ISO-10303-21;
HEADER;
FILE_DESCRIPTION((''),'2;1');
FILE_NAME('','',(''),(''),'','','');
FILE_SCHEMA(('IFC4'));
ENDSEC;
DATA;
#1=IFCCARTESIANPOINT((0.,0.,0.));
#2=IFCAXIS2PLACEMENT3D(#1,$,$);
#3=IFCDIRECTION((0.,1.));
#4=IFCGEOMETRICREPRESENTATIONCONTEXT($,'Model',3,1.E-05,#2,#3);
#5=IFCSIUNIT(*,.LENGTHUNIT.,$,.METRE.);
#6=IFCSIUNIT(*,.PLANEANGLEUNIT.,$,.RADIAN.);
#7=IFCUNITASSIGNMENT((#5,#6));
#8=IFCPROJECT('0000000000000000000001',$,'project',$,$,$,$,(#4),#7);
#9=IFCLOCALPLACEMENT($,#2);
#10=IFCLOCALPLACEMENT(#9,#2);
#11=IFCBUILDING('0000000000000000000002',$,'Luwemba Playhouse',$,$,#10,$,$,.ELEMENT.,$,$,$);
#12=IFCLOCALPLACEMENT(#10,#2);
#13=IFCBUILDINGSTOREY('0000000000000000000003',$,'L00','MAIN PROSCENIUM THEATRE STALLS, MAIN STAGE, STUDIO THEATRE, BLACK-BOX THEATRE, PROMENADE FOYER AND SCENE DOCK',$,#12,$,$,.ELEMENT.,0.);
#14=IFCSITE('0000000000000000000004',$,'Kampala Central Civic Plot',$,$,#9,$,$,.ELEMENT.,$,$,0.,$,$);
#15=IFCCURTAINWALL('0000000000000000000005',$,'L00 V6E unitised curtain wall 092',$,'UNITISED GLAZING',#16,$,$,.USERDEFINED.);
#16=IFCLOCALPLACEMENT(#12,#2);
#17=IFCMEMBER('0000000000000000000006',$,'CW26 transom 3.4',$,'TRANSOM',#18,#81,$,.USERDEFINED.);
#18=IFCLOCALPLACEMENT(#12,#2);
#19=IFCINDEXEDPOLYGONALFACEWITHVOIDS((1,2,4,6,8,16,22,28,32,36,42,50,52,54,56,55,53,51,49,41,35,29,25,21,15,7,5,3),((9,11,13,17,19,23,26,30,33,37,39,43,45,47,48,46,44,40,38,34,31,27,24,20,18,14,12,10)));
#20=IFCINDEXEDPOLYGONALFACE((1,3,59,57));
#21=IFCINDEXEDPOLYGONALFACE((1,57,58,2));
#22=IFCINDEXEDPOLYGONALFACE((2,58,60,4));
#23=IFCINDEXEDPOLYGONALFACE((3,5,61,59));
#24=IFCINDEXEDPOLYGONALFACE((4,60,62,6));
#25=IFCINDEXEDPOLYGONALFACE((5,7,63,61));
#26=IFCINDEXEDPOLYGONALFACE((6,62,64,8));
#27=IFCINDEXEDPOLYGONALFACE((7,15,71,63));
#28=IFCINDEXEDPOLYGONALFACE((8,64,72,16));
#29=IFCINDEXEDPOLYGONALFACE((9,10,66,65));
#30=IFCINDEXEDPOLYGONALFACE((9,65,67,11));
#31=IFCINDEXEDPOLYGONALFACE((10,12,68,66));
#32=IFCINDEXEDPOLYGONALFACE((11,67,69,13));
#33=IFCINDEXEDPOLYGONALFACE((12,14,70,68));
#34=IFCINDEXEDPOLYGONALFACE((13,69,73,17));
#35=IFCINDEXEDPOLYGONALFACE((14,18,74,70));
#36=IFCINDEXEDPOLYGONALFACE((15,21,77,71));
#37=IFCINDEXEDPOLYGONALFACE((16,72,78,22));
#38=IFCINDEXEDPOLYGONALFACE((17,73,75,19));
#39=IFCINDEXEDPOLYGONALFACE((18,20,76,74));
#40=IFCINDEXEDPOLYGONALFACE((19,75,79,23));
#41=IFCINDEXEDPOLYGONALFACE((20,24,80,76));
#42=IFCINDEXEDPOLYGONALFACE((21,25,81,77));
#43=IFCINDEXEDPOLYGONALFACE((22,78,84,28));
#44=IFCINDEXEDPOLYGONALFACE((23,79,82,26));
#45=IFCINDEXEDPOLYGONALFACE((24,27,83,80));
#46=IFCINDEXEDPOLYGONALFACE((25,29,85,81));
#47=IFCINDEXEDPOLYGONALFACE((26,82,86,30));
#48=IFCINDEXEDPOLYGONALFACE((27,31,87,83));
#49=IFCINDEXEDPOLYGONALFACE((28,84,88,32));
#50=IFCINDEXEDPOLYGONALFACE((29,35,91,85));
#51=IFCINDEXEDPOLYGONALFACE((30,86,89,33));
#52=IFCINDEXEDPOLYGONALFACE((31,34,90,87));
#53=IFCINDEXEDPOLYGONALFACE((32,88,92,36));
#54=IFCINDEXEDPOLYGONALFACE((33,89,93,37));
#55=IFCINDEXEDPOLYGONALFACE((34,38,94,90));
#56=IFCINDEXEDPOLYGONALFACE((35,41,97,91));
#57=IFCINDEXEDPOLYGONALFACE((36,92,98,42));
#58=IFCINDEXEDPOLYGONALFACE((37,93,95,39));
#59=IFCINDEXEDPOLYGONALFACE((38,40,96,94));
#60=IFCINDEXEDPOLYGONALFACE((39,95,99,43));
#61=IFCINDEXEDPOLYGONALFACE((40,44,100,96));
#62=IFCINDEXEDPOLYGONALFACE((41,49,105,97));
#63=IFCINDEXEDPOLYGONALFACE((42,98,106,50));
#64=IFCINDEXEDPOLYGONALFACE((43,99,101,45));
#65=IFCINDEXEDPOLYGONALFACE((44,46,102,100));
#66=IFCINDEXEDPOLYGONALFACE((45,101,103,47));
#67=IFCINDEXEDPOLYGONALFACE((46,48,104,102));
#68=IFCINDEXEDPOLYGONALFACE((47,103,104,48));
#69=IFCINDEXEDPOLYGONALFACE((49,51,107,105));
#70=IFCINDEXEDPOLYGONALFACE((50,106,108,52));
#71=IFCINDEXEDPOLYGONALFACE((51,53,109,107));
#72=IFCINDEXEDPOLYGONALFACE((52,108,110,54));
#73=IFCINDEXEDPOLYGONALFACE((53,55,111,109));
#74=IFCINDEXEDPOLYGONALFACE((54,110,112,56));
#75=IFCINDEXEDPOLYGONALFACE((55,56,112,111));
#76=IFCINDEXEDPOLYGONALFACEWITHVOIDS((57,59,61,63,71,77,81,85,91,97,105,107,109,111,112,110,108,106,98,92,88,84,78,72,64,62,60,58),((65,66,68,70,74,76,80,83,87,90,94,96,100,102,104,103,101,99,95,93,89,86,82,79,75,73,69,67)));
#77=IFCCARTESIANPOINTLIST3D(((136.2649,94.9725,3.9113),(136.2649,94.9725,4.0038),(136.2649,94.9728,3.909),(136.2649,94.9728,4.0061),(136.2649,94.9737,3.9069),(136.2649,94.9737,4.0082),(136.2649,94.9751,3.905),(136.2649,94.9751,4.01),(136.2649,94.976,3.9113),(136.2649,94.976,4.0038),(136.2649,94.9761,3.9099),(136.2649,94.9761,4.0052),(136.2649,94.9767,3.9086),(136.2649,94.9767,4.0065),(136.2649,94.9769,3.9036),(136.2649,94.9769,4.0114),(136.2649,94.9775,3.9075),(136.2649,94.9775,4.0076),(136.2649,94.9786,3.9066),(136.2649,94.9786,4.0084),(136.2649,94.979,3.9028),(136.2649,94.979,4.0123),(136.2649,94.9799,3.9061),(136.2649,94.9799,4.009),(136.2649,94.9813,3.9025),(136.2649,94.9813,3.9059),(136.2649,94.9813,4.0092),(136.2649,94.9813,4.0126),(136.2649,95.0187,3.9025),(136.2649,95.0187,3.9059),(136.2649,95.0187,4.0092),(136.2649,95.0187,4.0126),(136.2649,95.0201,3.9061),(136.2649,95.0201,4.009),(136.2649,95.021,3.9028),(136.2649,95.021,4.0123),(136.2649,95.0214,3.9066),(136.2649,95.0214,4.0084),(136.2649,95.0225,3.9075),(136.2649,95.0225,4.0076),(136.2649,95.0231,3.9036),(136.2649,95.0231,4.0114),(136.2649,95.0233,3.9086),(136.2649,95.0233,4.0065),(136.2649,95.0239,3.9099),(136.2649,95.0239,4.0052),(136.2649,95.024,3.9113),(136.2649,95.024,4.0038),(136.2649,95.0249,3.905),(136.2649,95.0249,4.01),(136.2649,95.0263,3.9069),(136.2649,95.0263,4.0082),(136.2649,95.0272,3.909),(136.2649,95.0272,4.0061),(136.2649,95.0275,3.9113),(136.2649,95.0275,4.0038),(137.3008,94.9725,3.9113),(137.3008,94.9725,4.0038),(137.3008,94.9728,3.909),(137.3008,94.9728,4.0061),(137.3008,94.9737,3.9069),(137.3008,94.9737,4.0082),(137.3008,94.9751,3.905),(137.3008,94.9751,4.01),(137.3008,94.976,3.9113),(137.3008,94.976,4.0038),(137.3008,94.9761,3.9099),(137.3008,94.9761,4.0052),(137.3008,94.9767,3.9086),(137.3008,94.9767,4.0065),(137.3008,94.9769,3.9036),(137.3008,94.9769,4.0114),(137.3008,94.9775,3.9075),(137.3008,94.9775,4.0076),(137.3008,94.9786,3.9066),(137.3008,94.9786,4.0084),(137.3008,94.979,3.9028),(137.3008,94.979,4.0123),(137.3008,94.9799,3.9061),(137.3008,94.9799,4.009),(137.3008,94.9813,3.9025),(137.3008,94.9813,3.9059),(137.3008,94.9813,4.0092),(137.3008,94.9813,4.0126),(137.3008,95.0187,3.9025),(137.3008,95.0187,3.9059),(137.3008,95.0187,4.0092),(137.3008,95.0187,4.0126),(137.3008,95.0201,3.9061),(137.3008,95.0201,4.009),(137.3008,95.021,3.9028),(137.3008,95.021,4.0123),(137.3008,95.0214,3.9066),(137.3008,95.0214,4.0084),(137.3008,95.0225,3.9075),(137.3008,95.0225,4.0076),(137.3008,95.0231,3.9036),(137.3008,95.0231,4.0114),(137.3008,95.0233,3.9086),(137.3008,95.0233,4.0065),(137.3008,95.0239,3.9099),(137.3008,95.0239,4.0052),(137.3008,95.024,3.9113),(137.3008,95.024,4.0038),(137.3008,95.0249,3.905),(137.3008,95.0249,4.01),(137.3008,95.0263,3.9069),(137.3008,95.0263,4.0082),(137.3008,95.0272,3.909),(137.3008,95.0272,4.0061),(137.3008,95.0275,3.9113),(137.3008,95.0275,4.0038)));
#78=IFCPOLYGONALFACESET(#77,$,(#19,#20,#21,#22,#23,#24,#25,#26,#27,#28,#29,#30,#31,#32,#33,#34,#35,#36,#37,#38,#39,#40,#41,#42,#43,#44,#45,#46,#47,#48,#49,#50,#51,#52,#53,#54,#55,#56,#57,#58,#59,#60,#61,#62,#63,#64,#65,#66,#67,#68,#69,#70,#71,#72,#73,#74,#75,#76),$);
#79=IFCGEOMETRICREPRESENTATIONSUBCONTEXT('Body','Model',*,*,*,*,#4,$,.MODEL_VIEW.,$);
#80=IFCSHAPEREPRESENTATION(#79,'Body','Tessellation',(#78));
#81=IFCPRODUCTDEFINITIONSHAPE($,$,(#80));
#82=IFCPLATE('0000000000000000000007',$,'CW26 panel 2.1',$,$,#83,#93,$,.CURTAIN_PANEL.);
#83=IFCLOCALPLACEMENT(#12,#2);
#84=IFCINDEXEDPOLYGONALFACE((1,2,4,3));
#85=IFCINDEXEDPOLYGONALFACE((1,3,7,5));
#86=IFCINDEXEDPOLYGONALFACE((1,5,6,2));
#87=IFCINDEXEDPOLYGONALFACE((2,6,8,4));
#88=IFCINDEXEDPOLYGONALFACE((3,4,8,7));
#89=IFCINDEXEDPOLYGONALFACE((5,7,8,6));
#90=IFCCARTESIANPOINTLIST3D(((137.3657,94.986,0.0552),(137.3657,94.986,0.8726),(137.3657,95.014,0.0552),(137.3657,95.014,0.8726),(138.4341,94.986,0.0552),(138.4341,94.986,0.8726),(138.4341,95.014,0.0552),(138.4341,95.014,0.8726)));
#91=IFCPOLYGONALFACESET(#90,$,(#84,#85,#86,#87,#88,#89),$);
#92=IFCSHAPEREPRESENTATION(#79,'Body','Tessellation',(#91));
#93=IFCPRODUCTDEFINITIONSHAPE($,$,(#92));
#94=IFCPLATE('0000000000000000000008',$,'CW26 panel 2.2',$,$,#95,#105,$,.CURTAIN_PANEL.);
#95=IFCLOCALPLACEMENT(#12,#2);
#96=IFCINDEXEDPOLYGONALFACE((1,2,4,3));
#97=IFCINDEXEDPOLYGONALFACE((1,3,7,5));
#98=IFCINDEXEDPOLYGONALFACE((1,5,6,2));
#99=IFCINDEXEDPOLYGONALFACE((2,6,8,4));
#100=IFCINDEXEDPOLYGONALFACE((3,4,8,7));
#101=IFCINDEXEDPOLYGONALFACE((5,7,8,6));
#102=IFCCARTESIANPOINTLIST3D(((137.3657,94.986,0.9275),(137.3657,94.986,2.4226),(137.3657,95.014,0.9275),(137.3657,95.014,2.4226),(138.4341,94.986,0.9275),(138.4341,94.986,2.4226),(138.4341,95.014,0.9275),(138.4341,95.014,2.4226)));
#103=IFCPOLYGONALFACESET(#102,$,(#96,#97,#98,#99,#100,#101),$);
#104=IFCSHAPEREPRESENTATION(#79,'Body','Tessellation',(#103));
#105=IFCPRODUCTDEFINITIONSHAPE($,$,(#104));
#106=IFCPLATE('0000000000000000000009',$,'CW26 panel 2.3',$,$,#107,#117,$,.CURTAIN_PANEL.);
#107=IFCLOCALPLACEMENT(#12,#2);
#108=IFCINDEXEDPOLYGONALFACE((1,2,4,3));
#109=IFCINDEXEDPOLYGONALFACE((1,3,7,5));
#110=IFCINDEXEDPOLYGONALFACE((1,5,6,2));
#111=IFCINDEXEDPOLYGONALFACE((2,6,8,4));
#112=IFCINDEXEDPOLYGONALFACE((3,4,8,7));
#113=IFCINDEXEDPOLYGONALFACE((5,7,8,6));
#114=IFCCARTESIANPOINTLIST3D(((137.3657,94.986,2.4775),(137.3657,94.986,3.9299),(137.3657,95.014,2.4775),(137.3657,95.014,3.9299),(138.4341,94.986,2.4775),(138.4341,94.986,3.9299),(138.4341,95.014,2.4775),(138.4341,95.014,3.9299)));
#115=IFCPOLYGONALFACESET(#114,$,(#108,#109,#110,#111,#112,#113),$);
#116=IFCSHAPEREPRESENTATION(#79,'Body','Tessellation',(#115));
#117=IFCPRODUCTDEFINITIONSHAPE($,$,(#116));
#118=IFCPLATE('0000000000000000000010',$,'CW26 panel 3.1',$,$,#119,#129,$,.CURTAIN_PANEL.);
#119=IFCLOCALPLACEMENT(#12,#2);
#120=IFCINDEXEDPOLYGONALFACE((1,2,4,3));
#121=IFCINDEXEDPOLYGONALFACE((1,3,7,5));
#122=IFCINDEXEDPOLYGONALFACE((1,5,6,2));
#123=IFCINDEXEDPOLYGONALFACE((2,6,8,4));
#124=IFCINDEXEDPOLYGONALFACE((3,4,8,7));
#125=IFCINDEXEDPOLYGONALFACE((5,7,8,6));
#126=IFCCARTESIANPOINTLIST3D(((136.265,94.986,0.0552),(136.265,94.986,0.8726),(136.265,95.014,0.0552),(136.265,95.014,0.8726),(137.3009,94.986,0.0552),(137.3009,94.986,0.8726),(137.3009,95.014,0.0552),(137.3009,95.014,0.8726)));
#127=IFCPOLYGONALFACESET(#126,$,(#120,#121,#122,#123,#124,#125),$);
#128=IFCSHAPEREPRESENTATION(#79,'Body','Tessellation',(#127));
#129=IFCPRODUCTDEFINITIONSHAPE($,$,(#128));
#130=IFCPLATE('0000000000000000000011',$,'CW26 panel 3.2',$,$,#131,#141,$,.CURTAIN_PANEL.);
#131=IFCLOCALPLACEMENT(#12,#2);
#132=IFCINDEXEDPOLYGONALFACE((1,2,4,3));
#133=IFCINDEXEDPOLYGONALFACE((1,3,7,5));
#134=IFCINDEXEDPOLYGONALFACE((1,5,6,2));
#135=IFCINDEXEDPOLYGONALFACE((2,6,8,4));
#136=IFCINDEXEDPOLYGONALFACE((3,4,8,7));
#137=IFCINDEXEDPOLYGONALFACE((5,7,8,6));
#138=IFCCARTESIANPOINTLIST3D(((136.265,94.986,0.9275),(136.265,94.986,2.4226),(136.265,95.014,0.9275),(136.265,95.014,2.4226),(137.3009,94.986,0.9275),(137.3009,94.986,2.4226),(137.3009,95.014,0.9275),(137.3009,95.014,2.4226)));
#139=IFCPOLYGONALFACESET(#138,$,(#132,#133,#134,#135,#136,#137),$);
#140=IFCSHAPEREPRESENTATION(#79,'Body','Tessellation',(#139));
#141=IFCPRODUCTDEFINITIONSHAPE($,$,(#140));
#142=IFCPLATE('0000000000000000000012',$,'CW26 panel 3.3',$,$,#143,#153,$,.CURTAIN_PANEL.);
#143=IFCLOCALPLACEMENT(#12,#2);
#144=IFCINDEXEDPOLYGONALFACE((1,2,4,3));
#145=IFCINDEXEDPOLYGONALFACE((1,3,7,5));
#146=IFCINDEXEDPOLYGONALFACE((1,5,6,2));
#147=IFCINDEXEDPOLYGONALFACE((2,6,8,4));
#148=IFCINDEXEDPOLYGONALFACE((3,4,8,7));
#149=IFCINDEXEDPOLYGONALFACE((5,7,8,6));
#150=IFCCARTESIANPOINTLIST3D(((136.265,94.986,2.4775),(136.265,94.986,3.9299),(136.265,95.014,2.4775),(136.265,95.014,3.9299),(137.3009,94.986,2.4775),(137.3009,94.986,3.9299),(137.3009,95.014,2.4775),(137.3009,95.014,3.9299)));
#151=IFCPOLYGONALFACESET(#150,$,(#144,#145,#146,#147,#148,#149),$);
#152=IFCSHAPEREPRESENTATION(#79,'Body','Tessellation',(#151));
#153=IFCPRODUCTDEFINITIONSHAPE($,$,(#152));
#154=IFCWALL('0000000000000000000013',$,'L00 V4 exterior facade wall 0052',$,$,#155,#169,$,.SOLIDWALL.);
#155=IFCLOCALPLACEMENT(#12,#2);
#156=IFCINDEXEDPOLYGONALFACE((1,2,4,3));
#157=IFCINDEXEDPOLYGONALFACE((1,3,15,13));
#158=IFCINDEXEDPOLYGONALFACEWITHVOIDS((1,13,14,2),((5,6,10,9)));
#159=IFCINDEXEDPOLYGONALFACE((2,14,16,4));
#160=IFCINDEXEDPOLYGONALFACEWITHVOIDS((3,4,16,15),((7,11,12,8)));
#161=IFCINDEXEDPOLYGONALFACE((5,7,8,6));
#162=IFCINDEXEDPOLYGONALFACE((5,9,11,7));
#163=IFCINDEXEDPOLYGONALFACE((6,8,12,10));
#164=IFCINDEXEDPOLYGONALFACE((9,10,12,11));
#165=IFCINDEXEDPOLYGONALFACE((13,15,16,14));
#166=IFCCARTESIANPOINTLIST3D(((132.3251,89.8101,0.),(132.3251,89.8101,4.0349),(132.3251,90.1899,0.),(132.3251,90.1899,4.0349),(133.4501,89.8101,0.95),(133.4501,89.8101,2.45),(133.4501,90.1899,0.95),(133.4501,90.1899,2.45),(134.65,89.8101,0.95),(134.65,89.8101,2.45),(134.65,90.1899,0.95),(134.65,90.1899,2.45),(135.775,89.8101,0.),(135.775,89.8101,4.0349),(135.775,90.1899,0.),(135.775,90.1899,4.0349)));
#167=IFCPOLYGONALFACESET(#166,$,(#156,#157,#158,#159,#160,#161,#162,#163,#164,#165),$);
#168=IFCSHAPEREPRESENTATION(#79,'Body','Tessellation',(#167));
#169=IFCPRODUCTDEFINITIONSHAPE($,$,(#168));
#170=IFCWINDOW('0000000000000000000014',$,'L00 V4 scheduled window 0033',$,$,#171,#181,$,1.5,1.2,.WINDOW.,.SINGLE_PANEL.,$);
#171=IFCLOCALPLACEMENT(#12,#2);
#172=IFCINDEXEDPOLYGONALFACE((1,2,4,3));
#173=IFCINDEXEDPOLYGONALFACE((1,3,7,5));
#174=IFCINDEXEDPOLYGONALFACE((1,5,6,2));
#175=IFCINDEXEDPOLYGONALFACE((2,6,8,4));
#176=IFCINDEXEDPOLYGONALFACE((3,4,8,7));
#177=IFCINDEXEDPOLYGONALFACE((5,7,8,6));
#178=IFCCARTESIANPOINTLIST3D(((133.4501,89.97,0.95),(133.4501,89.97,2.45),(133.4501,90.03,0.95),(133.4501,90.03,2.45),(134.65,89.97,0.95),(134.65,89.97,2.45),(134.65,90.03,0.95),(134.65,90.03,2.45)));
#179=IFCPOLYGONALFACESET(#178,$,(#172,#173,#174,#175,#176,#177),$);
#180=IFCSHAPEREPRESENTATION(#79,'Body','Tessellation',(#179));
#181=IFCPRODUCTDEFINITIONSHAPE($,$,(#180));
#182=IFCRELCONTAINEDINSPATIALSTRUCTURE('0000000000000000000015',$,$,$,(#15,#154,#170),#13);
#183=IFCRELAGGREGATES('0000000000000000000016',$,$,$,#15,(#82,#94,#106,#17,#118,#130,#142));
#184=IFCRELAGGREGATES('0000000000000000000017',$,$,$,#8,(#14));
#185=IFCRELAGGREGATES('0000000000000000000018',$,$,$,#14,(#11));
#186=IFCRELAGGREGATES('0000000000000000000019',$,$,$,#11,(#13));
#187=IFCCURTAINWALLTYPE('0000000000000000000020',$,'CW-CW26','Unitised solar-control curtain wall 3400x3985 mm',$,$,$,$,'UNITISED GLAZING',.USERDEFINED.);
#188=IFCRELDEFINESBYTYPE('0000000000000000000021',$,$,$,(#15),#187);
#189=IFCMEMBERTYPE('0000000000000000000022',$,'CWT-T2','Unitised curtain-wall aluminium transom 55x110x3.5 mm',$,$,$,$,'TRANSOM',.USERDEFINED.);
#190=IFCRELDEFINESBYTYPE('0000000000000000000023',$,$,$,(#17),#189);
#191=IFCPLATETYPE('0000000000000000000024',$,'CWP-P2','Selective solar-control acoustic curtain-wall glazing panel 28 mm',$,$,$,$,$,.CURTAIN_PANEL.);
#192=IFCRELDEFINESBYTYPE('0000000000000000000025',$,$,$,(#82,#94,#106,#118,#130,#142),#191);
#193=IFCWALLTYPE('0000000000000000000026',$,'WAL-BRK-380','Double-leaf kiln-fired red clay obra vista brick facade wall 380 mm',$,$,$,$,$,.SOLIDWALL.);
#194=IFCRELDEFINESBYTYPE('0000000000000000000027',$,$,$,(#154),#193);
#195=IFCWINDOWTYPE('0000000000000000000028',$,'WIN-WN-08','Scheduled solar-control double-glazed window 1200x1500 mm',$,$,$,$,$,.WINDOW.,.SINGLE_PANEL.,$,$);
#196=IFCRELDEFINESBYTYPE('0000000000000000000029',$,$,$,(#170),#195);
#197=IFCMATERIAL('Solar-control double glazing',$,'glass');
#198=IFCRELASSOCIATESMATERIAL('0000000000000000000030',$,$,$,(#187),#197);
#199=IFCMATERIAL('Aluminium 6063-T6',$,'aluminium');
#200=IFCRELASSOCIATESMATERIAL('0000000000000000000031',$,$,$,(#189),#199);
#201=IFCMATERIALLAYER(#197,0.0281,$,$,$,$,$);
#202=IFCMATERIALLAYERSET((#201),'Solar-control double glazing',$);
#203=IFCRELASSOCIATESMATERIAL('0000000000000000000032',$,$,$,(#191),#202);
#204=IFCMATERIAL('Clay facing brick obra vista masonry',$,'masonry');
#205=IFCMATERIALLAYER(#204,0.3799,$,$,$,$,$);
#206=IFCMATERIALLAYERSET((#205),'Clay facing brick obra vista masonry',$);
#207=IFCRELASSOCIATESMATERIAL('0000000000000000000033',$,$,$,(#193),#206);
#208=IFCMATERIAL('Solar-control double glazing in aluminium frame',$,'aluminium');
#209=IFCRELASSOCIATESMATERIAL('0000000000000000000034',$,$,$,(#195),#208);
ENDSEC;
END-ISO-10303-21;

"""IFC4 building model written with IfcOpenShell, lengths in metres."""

from ifc_helpers import new_model, si_unit, direction, frame, frame_2d, origin, origin_2d, place, context, subcontext, project, spatial, rectangle, hollow_rectangle, extrude, material, layer, layer_set, material_profile, profile_set, type_object, element, fill, aggregate, save


model = new_model("IFC4")

# Units and contexts
model_context = context("Model", 3, precision=1e-05, world=origin(), true_north=direction((0.0, 1.0)))
body_context = subcontext(model_context, "Body", "Model", "MODEL_VIEW")
ifc_project = project(units=[si_unit("LENGTHUNIT", "METRE"), si_unit("PLANEANGLEUNIT", "RADIAN")], contexts=[model_context])

# Site, building, storey
site_placement = place(None, origin())
site = spatial("IfcSite", under=ifc_project, at=site_placement, Name="Kampala Central Civic Plot", CompositionType="ELEMENT", RefElevation=0.0)
building_placement = place(site_placement, origin())
building = spatial("IfcBuilding", under=site, at=building_placement, Name="Luwemba Playhouse", CompositionType="ELEMENT")
storey_placement = place(building_placement, origin())
storey = spatial("IfcBuildingStorey", under=building, at=storey_placement, Name="L00", Description="MAIN PROSCENIUM THEATRE STALLS, MAIN STAGE, STUDIO THEATRE, BLACK-BOX THEATRE, PROMENADE FOYER AND SCENE DOCK", CompositionType="ELEMENT", Elevation=0.0)

# Curtain wall
ifc_material_1 = material(Name="Solar-control double glazing", Category="glass")
curtain_wall_type_1 = type_object("IfcCurtainWallType", Name="CW-CW26", Description="Unitised solar-control curtain wall 3400x3985 mm", ElementType="UNITISED GLAZING", PredefinedType="USERDEFINED", material=ifc_material_1)
curtain_wall_1_placement = place(storey_placement, origin())
curtain_wall_1 = element("IfcCurtainWall", 1, at=curtain_wall_1_placement, inside=storey, type_object=curtain_wall_type_1, Name="L00 V6E unitised curtain wall 092", ObjectType="UNITISED GLAZING", PredefinedType="USERDEFINED")
ifc_material_2 = material(Name="Aluminium 6063-T6", Category="aluminium")

# Member
ifc_material_profile_1 = material_profile(ifc_material_2, hollow_rectangle(XDim=0.0549, YDim=0.1101, WallThickness=0.0034, InnerFilletRadius=0.0054, OuterFilletRadius=0.0088, at=origin_2d()))
ifc_profile_set_1 = profile_set([ifc_material_profile_1], Name="Aluminium 6063-T6")
member_type_1 = type_object("IfcMemberType", Name="CWT-T2", Description="Unitised curtain-wall aluminium transom 55x110x3.5 mm", ElementType="TRANSOM", PredefinedType="USERDEFINED", material=ifc_profile_set_1)
member_1_placement = place(storey_placement, frame((137.3008, 95.0, 3.9575), z_axis=(-1.0, 0.0, 0.0), x_axis=(0.0, -1.0, 0.0)))
member_1 = element("IfcMember", 2, at=member_1_placement, type_object=member_type_1, Name="CW26 transom 3.4", ObjectType="TRANSOM", PredefinedType="USERDEFINED", context=body_context, shape_type="SweptSolid", body=[
    extrude(hollow_rectangle(XDim=0.0549, YDim=0.1101, WallThickness=0.0034, InnerFilletRadius=0.0054, OuterFilletRadius=0.0088, at=origin_2d()), origin(), (0.0, 0.0, 1.0), 1.0359),
])

# Plates
ifc_layer_1 = layer(ifc_material_1, 0.0281)
ifc_layer_set_1 = layer_set([ifc_layer_1], Name="Solar-control double glazing")
plate_type = type_object("IfcPlateType", Name="CWP-P2", Description="Selective solar-control acoustic curtain-wall glazing panel 28 mm", PredefinedType="CURTAIN_PANEL", material=ifc_layer_set_1)
plate_1_placement = place(storey_placement, frame((137.8999, 95.0, 0.0552), z_axis=(0.0, 0.0, 1.0), x_axis=(-1.0, 0.0, 0.0)))
plate_1 = element("IfcPlate", 3, at=plate_1_placement, type_object=plate_type, Name="CW26 panel 2.1", PredefinedType="CURTAIN_PANEL", context=body_context, shape_type="SweptSolid", body=[
    extrude(rectangle(XDim=1.0684, YDim=0.0281, at=origin_2d()), origin(), (0.0, 0.0, 1.0), 0.8174),
])
plate_2_placement = place(storey_placement, frame((137.8999, 95.0, 0.9275), z_axis=(0.0, 0.0, 1.0), x_axis=(-1.0, 0.0, 0.0)))
plate_2 = element("IfcPlate", 4, at=plate_2_placement, type_object=plate_type, Name="CW26 panel 2.2", PredefinedType="CURTAIN_PANEL", context=body_context, shape_type="SweptSolid", body=[
    extrude(rectangle(XDim=1.0684, YDim=0.0281, at=origin_2d()), origin(), (0.0, 0.0, 1.0), 1.4951),
])
plate_3_placement = place(storey_placement, frame((137.8999, 95.0, 2.4775), z_axis=(0.0, 0.0, 1.0), x_axis=(-1.0, 0.0, 0.0)))
plate_3 = element("IfcPlate", 5, at=plate_3_placement, type_object=plate_type, Name="CW26 panel 2.3", PredefinedType="CURTAIN_PANEL", context=body_context, shape_type="SweptSolid", body=[
    extrude(rectangle(XDim=1.0684, YDim=0.0281, at=origin_2d()), origin(), (0.0, 0.0, 1.0), 1.4524),
])
plate_4_placement = place(storey_placement, frame((136.783, 95.0, 0.0552), z_axis=(0.0, 0.0, 1.0), x_axis=(-1.0, 0.0, 0.0)))
plate_4 = element("IfcPlate", 6, at=plate_4_placement, type_object=plate_type, Name="CW26 panel 3.1", PredefinedType="CURTAIN_PANEL", context=body_context, shape_type="SweptSolid", body=[
    extrude(rectangle(XDim=1.0359, YDim=0.0281, at=origin_2d()), origin(), (0.0, 0.0, 1.0), 0.8174),
])
plate_5_placement = place(storey_placement, frame((136.783, 95.0, 0.9275), z_axis=(0.0, 0.0, 1.0), x_axis=(-1.0, 0.0, 0.0)))
plate_5 = element("IfcPlate", 7, at=plate_5_placement, type_object=plate_type, Name="CW26 panel 3.2", PredefinedType="CURTAIN_PANEL", context=body_context, shape_type="SweptSolid", body=[
    extrude(rectangle(XDim=1.0359, YDim=0.0281, at=origin_2d()), origin(), (0.0, 0.0, 1.0), 1.4951),
])
plate_6_placement = place(storey_placement, frame((136.783, 95.0, 2.4775), z_axis=(0.0, 0.0, 1.0), x_axis=(-1.0, 0.0, 0.0)))
plate_6 = element("IfcPlate", 8, at=plate_6_placement, type_object=plate_type, Name="CW26 panel 3.3", PredefinedType="CURTAIN_PANEL", context=body_context, shape_type="SweptSolid", body=[
    extrude(rectangle(XDim=1.0359, YDim=0.0281, at=origin_2d()), origin(), (0.0, 0.0, 1.0), 1.4524),
])
aggregate(curtain_wall_1, [plate_1, plate_2, plate_3, member_1, plate_4, plate_5, plate_6])

# Wall, opening, window
ifc_material_3 = material(Name="Clay facing brick obra vista masonry", Category="masonry")
ifc_layer_2 = layer(ifc_material_3, 0.3799)
ifc_layer_set_2 = layer_set([ifc_layer_2], Name="Clay facing brick obra vista masonry")
wall_type_1 = type_object("IfcWallType", Name="WAL-BRK-380", Description="Double-leaf kiln-fired red clay obra vista brick facade wall 380 mm", PredefinedType="SOLIDWALL", material=ifc_layer_set_2)
wall_1_placement = place(storey_placement, frame((132.325, 90.0, 0.0), z_axis=(0.0, 0.0, 1.0), x_axis=(1.0, 0.0, 0.0)))
wall_1 = element("IfcWall", 9, at=wall_1_placement, inside=storey, type_object=wall_type_1, Name="L00 V4 exterior facade wall 0052", PredefinedType="SOLIDWALL", context=body_context, shape_type="SweptSolid", body=[
    extrude(rectangle(XDim=3.45, YDim=0.3799, at=frame_2d((1.7251, 0.0))), origin(), (0.0, 0.0, 1.0), 4.0349),
])
opening_1_placement = place(wall_1_placement, frame((1.125, 0.0, 0.95)))
opening_1 = element("IfcOpeningElement", 10, at=opening_1_placement, cuts=wall_1, PredefinedType="OPENING", context=body_context, shape_type="SweptSolid", body=[
    extrude(rectangle(XDim=1.2, YDim=1.5, at=frame_2d((0.6001, 0.75))), frame((0.0, 0.2, 0.0), z_axis=(0.0, -1.0, 0.0), x_axis=(1.0, 0.0, 0.0)), (0.0, 0.0, 1.0), 0.3999),
])
ifc_material_4 = material(Name="Solar-control double glazing in aluminium frame", Category="aluminium")
window_type_1 = type_object("IfcWindowType", Name="WIN-WN-08", Description="Scheduled solar-control double-glazed window 1200x1500 mm", PartitioningType="SINGLE_PANEL", PredefinedType="WINDOW", material=ifc_material_4)
window_1_placement = place(opening_1_placement, origin())
window_1 = element("IfcWindow", 11, at=window_1_placement, inside=storey, type_object=window_type_1, Name="L00 V4 scheduled window 0033", OverallHeight=1.5, OverallWidth=1.2, PartitioningType="SINGLE_PANEL", PredefinedType="WINDOW", context=body_context, shape_type="SweptSolid", body=[
    extrude(rectangle(XDim=1.2, YDim=1.5, at=frame_2d((0.6001, 0.75))), frame((0.0, 0.03, 0.0), z_axis=(0.0, -1.0, 0.0), x_axis=(1.0, 0.0, 0.0)), (0.0, 0.0, 1.0), 0.0601),
])
fill(opening_1, window_1)

save(model, "model.ifc")
